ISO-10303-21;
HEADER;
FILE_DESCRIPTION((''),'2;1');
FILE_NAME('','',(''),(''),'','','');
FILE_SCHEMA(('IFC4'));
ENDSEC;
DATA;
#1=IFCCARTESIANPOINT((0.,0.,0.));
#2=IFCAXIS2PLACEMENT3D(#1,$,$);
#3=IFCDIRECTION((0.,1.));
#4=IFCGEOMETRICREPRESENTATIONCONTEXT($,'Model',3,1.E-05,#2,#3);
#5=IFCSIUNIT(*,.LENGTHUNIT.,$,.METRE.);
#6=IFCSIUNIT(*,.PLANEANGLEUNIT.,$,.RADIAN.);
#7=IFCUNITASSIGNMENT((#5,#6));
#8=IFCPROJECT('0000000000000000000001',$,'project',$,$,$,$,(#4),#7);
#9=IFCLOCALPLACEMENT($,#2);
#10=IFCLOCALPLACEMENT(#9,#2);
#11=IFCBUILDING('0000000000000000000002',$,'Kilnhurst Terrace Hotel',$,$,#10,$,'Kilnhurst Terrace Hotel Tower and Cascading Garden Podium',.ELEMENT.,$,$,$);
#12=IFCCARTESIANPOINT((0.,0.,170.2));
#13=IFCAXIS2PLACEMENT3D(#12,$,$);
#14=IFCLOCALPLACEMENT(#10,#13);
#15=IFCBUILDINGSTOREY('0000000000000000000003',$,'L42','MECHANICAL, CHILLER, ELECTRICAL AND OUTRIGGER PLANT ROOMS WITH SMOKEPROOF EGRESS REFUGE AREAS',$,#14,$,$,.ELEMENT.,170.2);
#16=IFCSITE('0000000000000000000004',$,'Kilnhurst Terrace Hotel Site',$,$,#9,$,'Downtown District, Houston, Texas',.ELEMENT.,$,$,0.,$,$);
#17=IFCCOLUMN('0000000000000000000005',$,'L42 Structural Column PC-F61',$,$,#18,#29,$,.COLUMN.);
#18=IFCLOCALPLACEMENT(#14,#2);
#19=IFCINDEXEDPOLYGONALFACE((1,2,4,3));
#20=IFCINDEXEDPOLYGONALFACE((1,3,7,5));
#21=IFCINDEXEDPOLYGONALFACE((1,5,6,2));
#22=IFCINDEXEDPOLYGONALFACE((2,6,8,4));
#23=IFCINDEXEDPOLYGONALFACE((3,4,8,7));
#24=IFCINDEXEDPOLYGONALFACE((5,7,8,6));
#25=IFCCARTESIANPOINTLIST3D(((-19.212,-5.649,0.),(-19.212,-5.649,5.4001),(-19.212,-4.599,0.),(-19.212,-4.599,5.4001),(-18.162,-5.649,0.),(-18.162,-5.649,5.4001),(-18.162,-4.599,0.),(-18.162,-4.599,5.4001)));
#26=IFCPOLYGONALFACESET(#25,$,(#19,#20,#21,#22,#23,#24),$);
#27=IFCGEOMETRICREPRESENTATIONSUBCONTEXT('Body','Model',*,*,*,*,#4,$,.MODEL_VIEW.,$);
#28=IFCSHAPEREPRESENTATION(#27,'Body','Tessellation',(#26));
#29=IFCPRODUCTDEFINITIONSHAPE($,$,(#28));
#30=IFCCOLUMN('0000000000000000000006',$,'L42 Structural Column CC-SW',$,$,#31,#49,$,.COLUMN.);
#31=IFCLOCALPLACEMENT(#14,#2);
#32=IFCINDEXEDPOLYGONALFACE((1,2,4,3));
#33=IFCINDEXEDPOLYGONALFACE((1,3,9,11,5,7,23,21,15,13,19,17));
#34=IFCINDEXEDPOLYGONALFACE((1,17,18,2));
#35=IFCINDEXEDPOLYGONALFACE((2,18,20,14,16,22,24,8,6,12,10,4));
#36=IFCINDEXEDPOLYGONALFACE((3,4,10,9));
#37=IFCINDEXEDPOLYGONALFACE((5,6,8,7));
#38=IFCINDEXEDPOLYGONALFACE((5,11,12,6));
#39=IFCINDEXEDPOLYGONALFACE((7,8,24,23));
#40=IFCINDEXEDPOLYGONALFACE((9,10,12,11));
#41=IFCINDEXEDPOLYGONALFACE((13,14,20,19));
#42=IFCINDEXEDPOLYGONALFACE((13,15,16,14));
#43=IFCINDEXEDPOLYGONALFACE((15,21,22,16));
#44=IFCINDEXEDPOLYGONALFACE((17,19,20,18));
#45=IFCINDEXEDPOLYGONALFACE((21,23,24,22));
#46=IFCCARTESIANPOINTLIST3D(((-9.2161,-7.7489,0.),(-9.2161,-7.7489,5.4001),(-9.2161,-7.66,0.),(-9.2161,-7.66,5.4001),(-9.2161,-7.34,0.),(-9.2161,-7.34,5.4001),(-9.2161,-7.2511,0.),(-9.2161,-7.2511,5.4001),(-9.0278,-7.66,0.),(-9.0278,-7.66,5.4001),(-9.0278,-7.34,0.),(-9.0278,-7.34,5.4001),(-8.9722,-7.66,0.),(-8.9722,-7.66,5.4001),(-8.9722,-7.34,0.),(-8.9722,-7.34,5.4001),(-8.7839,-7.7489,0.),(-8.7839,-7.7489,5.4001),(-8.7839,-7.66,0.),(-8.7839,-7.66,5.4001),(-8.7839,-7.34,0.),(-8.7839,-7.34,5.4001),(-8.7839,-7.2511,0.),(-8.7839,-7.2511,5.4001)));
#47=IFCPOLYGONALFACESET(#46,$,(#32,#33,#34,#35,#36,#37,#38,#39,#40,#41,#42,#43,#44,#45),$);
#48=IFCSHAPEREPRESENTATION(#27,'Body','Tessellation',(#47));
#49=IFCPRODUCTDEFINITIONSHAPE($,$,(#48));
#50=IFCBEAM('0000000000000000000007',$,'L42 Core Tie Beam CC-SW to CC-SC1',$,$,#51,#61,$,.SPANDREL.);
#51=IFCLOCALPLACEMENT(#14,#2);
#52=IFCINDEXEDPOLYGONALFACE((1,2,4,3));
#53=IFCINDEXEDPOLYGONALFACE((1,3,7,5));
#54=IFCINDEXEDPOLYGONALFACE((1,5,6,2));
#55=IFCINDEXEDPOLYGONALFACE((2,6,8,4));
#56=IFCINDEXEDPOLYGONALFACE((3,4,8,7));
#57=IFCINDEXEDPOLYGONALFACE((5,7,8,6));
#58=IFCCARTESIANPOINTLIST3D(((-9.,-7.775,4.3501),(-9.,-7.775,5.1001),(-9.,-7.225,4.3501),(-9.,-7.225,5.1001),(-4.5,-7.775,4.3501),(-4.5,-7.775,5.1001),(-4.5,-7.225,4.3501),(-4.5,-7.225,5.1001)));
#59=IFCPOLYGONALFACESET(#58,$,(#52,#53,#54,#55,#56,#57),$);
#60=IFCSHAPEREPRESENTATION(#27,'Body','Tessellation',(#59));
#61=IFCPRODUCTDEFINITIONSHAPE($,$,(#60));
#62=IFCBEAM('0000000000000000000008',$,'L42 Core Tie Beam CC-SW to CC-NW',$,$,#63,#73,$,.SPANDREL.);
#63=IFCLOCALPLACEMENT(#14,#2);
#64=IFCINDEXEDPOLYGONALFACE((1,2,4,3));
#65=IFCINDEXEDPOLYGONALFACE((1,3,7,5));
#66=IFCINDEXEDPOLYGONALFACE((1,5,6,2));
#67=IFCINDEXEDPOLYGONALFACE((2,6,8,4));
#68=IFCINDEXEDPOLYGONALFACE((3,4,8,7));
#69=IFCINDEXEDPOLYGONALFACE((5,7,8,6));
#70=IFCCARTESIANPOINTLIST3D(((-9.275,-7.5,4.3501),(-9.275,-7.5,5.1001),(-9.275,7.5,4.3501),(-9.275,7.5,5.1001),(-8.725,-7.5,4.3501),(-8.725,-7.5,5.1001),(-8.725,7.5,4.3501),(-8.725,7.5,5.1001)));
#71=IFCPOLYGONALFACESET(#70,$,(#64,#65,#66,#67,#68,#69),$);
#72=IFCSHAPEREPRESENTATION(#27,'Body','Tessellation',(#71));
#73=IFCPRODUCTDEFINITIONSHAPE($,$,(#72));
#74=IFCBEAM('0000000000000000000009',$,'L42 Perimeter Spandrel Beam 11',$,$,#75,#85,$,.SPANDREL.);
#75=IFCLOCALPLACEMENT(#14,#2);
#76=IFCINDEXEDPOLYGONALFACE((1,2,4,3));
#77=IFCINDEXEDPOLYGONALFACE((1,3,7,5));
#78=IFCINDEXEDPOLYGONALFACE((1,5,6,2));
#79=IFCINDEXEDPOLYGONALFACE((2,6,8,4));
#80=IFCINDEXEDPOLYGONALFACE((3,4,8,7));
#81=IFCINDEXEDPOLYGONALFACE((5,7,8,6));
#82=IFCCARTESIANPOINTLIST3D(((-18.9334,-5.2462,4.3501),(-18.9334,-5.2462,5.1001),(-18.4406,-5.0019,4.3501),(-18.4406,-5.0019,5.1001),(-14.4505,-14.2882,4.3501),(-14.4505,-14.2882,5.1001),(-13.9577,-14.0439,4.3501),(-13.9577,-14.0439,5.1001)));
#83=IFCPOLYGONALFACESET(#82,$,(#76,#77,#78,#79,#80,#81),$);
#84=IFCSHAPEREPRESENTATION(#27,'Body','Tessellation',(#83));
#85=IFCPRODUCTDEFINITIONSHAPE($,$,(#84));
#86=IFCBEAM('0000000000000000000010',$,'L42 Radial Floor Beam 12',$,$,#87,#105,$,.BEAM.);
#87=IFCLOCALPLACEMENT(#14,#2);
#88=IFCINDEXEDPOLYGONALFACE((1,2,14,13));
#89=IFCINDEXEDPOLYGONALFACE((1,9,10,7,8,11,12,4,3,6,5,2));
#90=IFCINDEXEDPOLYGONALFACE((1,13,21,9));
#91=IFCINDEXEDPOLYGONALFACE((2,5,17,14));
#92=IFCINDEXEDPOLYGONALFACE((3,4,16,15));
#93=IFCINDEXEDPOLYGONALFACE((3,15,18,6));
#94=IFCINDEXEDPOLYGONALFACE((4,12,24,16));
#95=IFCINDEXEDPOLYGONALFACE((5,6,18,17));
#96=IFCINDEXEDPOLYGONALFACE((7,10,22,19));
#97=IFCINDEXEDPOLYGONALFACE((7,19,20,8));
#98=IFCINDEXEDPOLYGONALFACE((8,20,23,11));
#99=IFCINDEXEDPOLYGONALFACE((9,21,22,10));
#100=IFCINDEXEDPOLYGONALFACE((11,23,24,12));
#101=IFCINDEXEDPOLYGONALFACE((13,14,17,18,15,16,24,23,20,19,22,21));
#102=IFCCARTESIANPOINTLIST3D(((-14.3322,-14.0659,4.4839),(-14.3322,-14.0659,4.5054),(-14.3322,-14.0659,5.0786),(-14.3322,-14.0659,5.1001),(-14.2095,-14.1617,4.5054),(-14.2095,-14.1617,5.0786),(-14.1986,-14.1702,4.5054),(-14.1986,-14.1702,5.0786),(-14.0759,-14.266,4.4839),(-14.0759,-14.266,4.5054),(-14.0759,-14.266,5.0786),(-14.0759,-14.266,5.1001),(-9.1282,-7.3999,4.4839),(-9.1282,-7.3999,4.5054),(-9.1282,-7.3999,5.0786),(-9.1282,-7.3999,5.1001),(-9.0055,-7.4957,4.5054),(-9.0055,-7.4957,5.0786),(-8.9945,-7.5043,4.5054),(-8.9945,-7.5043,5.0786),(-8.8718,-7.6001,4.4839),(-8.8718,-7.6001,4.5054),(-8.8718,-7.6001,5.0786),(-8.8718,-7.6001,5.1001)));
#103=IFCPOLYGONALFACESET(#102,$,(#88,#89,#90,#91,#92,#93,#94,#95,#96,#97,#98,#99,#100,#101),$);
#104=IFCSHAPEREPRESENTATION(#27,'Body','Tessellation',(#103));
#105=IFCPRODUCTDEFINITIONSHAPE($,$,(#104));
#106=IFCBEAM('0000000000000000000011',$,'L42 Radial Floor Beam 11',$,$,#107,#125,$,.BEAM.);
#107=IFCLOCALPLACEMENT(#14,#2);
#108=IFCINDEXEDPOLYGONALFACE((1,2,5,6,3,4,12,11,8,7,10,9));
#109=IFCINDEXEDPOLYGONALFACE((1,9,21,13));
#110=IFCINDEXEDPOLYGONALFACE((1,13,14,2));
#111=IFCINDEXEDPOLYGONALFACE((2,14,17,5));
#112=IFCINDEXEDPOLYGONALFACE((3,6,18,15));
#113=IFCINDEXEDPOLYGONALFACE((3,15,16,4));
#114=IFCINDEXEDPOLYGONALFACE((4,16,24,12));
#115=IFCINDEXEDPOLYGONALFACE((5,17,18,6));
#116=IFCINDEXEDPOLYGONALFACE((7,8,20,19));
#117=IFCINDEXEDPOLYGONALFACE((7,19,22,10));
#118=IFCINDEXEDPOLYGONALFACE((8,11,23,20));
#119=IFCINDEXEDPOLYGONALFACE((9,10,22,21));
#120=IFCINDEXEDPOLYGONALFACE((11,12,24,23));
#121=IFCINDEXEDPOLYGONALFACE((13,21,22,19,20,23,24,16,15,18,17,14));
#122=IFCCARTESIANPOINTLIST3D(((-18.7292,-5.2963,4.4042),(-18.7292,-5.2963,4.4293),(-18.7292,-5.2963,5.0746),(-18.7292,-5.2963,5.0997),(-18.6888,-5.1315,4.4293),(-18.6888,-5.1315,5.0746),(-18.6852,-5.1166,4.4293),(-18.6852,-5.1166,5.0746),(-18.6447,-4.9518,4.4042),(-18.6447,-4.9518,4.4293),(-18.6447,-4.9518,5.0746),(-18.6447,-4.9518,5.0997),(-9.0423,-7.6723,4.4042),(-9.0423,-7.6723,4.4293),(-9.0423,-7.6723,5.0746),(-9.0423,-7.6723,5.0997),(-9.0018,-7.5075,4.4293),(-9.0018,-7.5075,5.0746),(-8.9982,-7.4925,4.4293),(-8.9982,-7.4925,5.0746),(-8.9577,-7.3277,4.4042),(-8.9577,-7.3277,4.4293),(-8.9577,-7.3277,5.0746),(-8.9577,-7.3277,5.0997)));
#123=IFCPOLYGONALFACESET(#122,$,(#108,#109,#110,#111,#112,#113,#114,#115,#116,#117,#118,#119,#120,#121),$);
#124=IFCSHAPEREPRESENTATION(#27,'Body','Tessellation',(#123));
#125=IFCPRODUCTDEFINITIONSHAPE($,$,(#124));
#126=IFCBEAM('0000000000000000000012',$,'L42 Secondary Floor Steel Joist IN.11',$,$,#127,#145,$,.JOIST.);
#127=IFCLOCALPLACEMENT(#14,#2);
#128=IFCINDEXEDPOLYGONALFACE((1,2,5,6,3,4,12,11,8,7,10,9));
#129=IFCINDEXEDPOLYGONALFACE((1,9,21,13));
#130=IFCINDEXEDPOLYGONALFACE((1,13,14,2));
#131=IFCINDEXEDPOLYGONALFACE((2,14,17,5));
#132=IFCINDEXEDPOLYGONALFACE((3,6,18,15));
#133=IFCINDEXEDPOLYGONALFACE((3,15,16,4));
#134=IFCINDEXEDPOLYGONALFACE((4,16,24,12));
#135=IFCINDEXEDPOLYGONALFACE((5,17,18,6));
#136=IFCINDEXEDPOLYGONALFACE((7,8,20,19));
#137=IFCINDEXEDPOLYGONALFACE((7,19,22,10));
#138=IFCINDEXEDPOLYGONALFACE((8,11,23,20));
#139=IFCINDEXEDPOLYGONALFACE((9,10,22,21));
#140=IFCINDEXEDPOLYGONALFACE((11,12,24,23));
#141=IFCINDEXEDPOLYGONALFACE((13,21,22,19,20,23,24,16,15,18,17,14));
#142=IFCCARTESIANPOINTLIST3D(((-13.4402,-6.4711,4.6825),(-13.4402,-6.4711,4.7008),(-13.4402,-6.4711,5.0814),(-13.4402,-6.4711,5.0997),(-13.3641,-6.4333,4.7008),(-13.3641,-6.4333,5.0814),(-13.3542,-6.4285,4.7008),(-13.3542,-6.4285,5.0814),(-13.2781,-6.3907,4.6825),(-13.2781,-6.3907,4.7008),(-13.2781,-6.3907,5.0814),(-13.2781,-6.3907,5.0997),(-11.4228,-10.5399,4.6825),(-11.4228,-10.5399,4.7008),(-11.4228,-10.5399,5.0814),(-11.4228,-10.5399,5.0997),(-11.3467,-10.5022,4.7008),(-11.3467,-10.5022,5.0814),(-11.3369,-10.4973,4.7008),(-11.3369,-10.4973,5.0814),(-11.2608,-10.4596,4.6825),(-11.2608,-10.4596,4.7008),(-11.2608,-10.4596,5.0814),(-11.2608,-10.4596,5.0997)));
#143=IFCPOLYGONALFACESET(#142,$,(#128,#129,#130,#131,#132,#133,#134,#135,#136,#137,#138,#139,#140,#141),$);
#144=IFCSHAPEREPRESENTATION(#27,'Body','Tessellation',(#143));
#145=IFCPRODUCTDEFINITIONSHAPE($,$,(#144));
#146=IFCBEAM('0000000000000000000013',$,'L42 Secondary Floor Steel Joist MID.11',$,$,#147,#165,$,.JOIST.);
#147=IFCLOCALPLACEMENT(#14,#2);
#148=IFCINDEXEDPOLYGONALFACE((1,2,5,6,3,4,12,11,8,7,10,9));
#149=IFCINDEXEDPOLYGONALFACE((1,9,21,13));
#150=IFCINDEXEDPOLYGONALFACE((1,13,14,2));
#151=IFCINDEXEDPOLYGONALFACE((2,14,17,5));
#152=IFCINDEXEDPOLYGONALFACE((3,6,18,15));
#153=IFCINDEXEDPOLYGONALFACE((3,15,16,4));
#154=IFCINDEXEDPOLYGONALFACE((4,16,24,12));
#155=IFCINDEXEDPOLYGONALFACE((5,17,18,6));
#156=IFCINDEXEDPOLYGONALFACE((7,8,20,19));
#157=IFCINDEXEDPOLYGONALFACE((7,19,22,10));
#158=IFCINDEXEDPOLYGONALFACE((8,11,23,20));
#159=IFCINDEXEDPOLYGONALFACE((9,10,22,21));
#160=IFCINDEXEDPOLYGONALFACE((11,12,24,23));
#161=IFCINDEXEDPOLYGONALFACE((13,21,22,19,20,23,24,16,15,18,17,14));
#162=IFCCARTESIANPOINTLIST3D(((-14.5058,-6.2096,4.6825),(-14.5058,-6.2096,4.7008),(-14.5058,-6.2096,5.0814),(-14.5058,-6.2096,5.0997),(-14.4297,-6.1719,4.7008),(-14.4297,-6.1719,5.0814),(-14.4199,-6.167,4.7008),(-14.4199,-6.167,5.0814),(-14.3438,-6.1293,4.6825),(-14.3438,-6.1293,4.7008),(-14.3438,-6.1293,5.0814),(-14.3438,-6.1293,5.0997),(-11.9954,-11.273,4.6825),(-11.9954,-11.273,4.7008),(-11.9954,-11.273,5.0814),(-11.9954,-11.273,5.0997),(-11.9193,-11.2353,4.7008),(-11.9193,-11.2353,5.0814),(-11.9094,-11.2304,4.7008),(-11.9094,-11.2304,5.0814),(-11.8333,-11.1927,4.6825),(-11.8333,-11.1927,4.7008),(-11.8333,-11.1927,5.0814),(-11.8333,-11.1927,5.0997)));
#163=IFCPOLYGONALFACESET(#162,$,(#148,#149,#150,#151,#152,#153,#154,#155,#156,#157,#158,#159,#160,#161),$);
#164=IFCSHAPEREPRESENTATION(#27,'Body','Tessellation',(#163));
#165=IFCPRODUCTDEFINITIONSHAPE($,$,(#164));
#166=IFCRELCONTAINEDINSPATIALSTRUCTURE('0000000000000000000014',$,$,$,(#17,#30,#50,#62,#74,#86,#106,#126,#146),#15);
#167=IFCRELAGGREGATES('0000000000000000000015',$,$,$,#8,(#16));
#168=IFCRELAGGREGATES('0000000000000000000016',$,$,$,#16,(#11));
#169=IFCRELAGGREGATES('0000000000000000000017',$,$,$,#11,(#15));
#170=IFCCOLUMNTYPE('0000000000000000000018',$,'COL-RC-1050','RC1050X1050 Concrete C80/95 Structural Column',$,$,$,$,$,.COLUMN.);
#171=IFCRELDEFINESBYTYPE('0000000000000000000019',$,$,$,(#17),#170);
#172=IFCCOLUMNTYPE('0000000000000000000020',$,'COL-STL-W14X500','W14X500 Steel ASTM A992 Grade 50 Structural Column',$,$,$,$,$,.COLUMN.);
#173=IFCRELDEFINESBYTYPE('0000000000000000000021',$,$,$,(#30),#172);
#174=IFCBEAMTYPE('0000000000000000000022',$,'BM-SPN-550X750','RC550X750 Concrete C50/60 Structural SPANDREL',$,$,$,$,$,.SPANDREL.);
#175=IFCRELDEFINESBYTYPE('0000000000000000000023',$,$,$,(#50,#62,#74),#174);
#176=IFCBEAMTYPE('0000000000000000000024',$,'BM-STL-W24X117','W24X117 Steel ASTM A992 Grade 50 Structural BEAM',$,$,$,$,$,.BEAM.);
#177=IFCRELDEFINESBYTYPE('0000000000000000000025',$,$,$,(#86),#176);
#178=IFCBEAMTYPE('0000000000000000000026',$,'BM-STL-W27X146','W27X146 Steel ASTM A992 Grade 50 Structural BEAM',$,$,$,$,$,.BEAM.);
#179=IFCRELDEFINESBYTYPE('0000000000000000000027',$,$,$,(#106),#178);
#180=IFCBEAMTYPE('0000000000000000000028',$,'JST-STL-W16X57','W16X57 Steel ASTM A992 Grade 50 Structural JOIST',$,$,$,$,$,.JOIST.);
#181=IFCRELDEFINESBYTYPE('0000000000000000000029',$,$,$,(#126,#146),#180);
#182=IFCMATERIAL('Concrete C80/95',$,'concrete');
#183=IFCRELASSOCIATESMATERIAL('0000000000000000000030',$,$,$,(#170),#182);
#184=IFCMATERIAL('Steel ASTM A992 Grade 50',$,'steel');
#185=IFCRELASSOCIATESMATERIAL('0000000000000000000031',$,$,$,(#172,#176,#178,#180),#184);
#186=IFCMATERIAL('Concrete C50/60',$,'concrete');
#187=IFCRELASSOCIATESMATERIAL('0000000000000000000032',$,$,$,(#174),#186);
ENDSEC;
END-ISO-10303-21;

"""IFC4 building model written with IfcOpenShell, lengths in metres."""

from ifc_helpers import new_model, si_unit, direction, frame, origin, origin_2d, place, context, subcontext, project, spatial, rectangle, i_section, extrude, material, material_profile, profile_set, type_object, element, save


model = new_model("IFC4")

# Units and contexts
model_context = context("Model", 3, precision=1e-05, world=origin(), true_north=direction((0.0, 1.0)))
body_context = subcontext(model_context, "Body", "Model", "MODEL_VIEW")
ifc_project = project(units=[si_unit("LENGTHUNIT", "METRE"), si_unit("PLANEANGLEUNIT", "RADIAN")], contexts=[model_context])

# Site, building, storey
site_placement = place(None, origin())
site = spatial("IfcSite", under=ifc_project, at=site_placement, Name="Kilnhurst Terrace Hotel Site", LongName="Downtown District, Houston, Texas", CompositionType="ELEMENT", RefElevation=0.0)
building_placement = place(site_placement, origin())
building = spatial("IfcBuilding", under=site, at=building_placement, Name="Kilnhurst Terrace Hotel", LongName="Kilnhurst Terrace Hotel Tower and Cascading Garden Podium", CompositionType="ELEMENT")
storey_placement = place(building_placement, frame((0.0, 0.0, 170.2)))
storey = spatial("IfcBuildingStorey", under=building, at=storey_placement, Name="L42", Description="MECHANICAL, CHILLER, ELECTRICAL AND OUTRIGGER PLANT ROOMS WITH SMOKEPROOF EGRESS REFUGE AREAS", CompositionType="ELEMENT", Elevation=170.2)

# Columns
ifc_material_1 = material(Name="Concrete C80/95", Category="concrete")
ifc_material_profile_1 = material_profile(ifc_material_1, rectangle(XDim=1.05, YDim=1.05, at=origin_2d()), Name="RC1050X1050")
ifc_profile_set_1 = profile_set([ifc_material_profile_1], Name="Concrete C80/95")
column_type_1 = type_object("IfcColumnType", Name="COL-RC-1050", Description="RC1050X1050 Concrete C80/95 Structural Column", PredefinedType="COLUMN", material=ifc_profile_set_1)
column_1_placement = place(storey_placement, frame((-18.687, -5.124, 0.0), z_axis=(0.0, 0.0, 1.0), x_axis=(1.0, 0.0, 0.0)))
element("IfcColumn", 1, at=column_1_placement, inside=storey, type_object=column_type_1, Name="L42 Structural Column PC-F61", PredefinedType="COLUMN", context=body_context, shape_type="SweptSolid", body=[
    extrude(rectangle(XDim=1.05, YDim=1.05, at=origin_2d()), origin(), (0.0, 0.0, 1.0), 5.4001),
])
ifc_material_2 = material(Name="Steel ASTM A992 Grade 50", Category="steel")
ifc_material_profile_2 = material_profile(ifc_material_2, i_section(OverallWidth=0.4321, OverallDepth=0.4978, WebThickness=0.0557, FlangeThickness=0.0889, at=origin_2d()), Name="W14X500")
ifc_profile_set_2 = profile_set([ifc_material_profile_2], Name="Steel ASTM A992 Grade 50")
column_type_2 = type_object("IfcColumnType", Name="COL-STL-W14X500", Description="W14X500 Steel ASTM A992 Grade 50 Structural Column", PredefinedType="COLUMN", material=ifc_profile_set_2)
column_2_placement = place(storey_placement, frame((-9.0, -7.5, 0.0), z_axis=(0.0, 0.0, 1.0), x_axis=(1.0, 0.0, 0.0)))
element("IfcColumn", 2, at=column_2_placement, inside=storey, type_object=column_type_2, Name="L42 Structural Column CC-SW", PredefinedType="COLUMN", context=body_context, shape_type="SweptSolid", body=[
    extrude(i_section(OverallWidth=0.4321, OverallDepth=0.4978, WebThickness=0.0557, FlangeThickness=0.0889, at=origin_2d()), origin(), (0.0, 0.0, 1.0), 5.4001),
])

# Beams
ifc_material_3 = material(Name="Concrete C50/60", Category="concrete")
ifc_material_profile_3 = material_profile(ifc_material_3, rectangle(XDim=0.55, YDim=0.75, at=origin_2d()), Name="RC550X750")
ifc_profile_set_3 = profile_set([ifc_material_profile_3], Name="Concrete C50/60")
beam_type_1 = type_object("IfcBeamType", Name="BM-SPN-550X750", Description="RC550X750 Concrete C50/60 Structural SPANDREL", PredefinedType="SPANDREL", material=ifc_profile_set_3)
beam_1_placement = place(storey_placement, frame((-9.0, -7.5, 4.7251), z_axis=(1.0, 0.0, 0.0), x_axis=(0.0, 1.0, 0.0)))
element("IfcBeam", 3, at=beam_1_placement, inside=storey, type_object=beam_type_1, Name="L42 Core Tie Beam CC-SW to CC-SC1", PredefinedType="SPANDREL", context=body_context, shape_type="SweptSolid", body=[
    extrude(rectangle(XDim=0.55, YDim=0.75, at=origin_2d()), origin(), (0.0, 0.0, 1.0), 4.5),
])
beam_2_placement = place(storey_placement, frame((-9.0, -7.5, 4.7251), z_axis=(0.0, 1.0, 0.0), x_axis=(-1.0, 0.0, 0.0)))
element("IfcBeam", 4, at=beam_2_placement, inside=storey, type_object=beam_type_1, Name="L42 Core Tie Beam CC-SW to CC-NW", PredefinedType="SPANDREL", context=body_context, shape_type="SweptSolid", body=[
    extrude(rectangle(XDim=0.55, YDim=0.75, at=origin_2d()), origin(), (0.0, 0.0, 1.0), 15.0),
])
beam_3_placement = place(storey_placement, frame((-18.687, -5.124, 4.7251), z_axis=(0.444192, -0.895932, 0.0), x_axis=(0.895932, 0.444192, 0.0)))
element("IfcBeam", 5, at=beam_3_placement, inside=storey, type_object=beam_type_1, Name="L42 Perimeter Spandrel Beam 11", PredefinedType="SPANDREL", context=body_context, shape_type="SweptSolid", body=[
    extrude(rectangle(XDim=0.55, YDim=0.75, at=origin_2d()), origin(), (0.0, 0.0, 1.0), 10.0923),
])
ifc_material_profile_4 = material_profile(ifc_material_2, i_section(OverallWidth=0.3252, OverallDepth=0.6162, WebThickness=0.0139, FlangeThickness=0.0215, at=origin_2d()), Name="W24X117")
ifc_profile_set_4 = profile_set([ifc_material_profile_4], Name="Steel ASTM A992 Grade 50")
beam_type_2 = type_object("IfcBeamType", Name="BM-STL-W24X117", Description="W24X117 Steel ASTM A992 Grade 50 Structural BEAM", PredefinedType="BEAM", material=ifc_profile_set_4)
beam_4_placement = place(storey_placement, frame((-9.0, -7.5, 4.792), z_axis=(-0.615371, -0.788238, 0.0), x_axis=(0.788238, -0.615371, 0.0)))
element("IfcBeam", 6, at=beam_4_placement, inside=storey, type_object=beam_type_2, Name="L42 Radial Floor Beam 12", PredefinedType="BEAM", context=body_context, shape_type="SweptSolid", body=[
    extrude(i_section(OverallWidth=0.3252, OverallDepth=0.6162, WebThickness=0.0139, FlangeThickness=0.0215, at=origin_2d()), origin(), (0.0, 0.0, 1.0), 8.4568),
])
ifc_material_profile_5 = material_profile(ifc_material_2, i_section(OverallWidth=0.3547, OverallDepth=0.6956, WebThickness=0.0154, FlangeThickness=0.0251, at=origin_2d()), Name="W27X146")
ifc_profile_set_5 = profile_set([ifc_material_profile_5], Name="Steel ASTM A992 Grade 50")
beam_type_3 = type_object("IfcBeamType", Name="BM-STL-W27X146", Description="W27X146 Steel ASTM A992 Grade 50 Structural BEAM", PredefinedType="BEAM", material=ifc_profile_set_5)
beam_5_placement = place(storey_placement, frame((-9.0, -7.5, 4.752), z_axis=(-0.971213, 0.238214, 0.0), x_axis=(-0.238214, -0.971213, 0.0)))
element("IfcBeam", 7, at=beam_5_placement, inside=storey, type_object=beam_type_3, Name="L42 Radial Floor Beam 11", PredefinedType="BEAM", context=body_context, shape_type="SweptSolid", body=[
    extrude(i_section(OverallWidth=0.3547, OverallDepth=0.6956, WebThickness=0.0154, FlangeThickness=0.0251, at=origin_2d()), origin(), (0.0, 0.0, 1.0), 9.9741),
])
ifc_material_profile_6 = material_profile(ifc_material_2, i_section(OverallWidth=0.1809, OverallDepth=0.4172, WebThickness=0.011, FlangeThickness=0.0183, at=origin_2d()), Name="W16X57")
ifc_profile_set_6 = profile_set([ifc_material_profile_6], Name="Steel ASTM A992 Grade 50")
beam_type_4 = type_object("IfcBeamType", Name="JST-STL-W16X57", Description="W16X57 Steel ASTM A992 Grade 50 Structural JOIST", PredefinedType="JOIST", material=ifc_profile_set_6)
beam_6_placement = place(storey_placement, frame((-13.3591, -6.4309, 4.8911), z_axis=(0.444201, -0.895927, 0.0), x_axis=(0.895927, 0.444201, 0.0)))
element("IfcBeam", 8, at=beam_6_placement, inside=storey, type_object=beam_type_4, Name="L42 Secondary Floor Steel Joist IN.11", PredefinedType="JOIST", context=body_context, shape_type="SweptSolid", body=[
    extrude(i_section(OverallWidth=0.1809, OverallDepth=0.4172, WebThickness=0.011, FlangeThickness=0.0183, at=origin_2d()), origin(), (0.0, 0.0, 1.0), 4.5415),
])
beam_7_placement = place(storey_placement, frame((-14.4248, -6.1694, 4.8911), z_axis=(0.444204, -0.895925, 0.0), x_axis=(0.895925, 0.444204, 0.0)))
element("IfcBeam", 9, at=beam_7_placement, inside=storey, type_object=beam_type_4, Name="L42 Secondary Floor Steel Joist MID.11", PredefinedType="JOIST", context=body_context, shape_type="SweptSolid", body=[
    extrude(i_section(OverallWidth=0.1809, OverallDepth=0.4172, WebThickness=0.011, FlangeThickness=0.0183, at=origin_2d()), origin(), (0.0, 0.0, 1.0), 5.6516),
])

save(model, "model.ifc")
